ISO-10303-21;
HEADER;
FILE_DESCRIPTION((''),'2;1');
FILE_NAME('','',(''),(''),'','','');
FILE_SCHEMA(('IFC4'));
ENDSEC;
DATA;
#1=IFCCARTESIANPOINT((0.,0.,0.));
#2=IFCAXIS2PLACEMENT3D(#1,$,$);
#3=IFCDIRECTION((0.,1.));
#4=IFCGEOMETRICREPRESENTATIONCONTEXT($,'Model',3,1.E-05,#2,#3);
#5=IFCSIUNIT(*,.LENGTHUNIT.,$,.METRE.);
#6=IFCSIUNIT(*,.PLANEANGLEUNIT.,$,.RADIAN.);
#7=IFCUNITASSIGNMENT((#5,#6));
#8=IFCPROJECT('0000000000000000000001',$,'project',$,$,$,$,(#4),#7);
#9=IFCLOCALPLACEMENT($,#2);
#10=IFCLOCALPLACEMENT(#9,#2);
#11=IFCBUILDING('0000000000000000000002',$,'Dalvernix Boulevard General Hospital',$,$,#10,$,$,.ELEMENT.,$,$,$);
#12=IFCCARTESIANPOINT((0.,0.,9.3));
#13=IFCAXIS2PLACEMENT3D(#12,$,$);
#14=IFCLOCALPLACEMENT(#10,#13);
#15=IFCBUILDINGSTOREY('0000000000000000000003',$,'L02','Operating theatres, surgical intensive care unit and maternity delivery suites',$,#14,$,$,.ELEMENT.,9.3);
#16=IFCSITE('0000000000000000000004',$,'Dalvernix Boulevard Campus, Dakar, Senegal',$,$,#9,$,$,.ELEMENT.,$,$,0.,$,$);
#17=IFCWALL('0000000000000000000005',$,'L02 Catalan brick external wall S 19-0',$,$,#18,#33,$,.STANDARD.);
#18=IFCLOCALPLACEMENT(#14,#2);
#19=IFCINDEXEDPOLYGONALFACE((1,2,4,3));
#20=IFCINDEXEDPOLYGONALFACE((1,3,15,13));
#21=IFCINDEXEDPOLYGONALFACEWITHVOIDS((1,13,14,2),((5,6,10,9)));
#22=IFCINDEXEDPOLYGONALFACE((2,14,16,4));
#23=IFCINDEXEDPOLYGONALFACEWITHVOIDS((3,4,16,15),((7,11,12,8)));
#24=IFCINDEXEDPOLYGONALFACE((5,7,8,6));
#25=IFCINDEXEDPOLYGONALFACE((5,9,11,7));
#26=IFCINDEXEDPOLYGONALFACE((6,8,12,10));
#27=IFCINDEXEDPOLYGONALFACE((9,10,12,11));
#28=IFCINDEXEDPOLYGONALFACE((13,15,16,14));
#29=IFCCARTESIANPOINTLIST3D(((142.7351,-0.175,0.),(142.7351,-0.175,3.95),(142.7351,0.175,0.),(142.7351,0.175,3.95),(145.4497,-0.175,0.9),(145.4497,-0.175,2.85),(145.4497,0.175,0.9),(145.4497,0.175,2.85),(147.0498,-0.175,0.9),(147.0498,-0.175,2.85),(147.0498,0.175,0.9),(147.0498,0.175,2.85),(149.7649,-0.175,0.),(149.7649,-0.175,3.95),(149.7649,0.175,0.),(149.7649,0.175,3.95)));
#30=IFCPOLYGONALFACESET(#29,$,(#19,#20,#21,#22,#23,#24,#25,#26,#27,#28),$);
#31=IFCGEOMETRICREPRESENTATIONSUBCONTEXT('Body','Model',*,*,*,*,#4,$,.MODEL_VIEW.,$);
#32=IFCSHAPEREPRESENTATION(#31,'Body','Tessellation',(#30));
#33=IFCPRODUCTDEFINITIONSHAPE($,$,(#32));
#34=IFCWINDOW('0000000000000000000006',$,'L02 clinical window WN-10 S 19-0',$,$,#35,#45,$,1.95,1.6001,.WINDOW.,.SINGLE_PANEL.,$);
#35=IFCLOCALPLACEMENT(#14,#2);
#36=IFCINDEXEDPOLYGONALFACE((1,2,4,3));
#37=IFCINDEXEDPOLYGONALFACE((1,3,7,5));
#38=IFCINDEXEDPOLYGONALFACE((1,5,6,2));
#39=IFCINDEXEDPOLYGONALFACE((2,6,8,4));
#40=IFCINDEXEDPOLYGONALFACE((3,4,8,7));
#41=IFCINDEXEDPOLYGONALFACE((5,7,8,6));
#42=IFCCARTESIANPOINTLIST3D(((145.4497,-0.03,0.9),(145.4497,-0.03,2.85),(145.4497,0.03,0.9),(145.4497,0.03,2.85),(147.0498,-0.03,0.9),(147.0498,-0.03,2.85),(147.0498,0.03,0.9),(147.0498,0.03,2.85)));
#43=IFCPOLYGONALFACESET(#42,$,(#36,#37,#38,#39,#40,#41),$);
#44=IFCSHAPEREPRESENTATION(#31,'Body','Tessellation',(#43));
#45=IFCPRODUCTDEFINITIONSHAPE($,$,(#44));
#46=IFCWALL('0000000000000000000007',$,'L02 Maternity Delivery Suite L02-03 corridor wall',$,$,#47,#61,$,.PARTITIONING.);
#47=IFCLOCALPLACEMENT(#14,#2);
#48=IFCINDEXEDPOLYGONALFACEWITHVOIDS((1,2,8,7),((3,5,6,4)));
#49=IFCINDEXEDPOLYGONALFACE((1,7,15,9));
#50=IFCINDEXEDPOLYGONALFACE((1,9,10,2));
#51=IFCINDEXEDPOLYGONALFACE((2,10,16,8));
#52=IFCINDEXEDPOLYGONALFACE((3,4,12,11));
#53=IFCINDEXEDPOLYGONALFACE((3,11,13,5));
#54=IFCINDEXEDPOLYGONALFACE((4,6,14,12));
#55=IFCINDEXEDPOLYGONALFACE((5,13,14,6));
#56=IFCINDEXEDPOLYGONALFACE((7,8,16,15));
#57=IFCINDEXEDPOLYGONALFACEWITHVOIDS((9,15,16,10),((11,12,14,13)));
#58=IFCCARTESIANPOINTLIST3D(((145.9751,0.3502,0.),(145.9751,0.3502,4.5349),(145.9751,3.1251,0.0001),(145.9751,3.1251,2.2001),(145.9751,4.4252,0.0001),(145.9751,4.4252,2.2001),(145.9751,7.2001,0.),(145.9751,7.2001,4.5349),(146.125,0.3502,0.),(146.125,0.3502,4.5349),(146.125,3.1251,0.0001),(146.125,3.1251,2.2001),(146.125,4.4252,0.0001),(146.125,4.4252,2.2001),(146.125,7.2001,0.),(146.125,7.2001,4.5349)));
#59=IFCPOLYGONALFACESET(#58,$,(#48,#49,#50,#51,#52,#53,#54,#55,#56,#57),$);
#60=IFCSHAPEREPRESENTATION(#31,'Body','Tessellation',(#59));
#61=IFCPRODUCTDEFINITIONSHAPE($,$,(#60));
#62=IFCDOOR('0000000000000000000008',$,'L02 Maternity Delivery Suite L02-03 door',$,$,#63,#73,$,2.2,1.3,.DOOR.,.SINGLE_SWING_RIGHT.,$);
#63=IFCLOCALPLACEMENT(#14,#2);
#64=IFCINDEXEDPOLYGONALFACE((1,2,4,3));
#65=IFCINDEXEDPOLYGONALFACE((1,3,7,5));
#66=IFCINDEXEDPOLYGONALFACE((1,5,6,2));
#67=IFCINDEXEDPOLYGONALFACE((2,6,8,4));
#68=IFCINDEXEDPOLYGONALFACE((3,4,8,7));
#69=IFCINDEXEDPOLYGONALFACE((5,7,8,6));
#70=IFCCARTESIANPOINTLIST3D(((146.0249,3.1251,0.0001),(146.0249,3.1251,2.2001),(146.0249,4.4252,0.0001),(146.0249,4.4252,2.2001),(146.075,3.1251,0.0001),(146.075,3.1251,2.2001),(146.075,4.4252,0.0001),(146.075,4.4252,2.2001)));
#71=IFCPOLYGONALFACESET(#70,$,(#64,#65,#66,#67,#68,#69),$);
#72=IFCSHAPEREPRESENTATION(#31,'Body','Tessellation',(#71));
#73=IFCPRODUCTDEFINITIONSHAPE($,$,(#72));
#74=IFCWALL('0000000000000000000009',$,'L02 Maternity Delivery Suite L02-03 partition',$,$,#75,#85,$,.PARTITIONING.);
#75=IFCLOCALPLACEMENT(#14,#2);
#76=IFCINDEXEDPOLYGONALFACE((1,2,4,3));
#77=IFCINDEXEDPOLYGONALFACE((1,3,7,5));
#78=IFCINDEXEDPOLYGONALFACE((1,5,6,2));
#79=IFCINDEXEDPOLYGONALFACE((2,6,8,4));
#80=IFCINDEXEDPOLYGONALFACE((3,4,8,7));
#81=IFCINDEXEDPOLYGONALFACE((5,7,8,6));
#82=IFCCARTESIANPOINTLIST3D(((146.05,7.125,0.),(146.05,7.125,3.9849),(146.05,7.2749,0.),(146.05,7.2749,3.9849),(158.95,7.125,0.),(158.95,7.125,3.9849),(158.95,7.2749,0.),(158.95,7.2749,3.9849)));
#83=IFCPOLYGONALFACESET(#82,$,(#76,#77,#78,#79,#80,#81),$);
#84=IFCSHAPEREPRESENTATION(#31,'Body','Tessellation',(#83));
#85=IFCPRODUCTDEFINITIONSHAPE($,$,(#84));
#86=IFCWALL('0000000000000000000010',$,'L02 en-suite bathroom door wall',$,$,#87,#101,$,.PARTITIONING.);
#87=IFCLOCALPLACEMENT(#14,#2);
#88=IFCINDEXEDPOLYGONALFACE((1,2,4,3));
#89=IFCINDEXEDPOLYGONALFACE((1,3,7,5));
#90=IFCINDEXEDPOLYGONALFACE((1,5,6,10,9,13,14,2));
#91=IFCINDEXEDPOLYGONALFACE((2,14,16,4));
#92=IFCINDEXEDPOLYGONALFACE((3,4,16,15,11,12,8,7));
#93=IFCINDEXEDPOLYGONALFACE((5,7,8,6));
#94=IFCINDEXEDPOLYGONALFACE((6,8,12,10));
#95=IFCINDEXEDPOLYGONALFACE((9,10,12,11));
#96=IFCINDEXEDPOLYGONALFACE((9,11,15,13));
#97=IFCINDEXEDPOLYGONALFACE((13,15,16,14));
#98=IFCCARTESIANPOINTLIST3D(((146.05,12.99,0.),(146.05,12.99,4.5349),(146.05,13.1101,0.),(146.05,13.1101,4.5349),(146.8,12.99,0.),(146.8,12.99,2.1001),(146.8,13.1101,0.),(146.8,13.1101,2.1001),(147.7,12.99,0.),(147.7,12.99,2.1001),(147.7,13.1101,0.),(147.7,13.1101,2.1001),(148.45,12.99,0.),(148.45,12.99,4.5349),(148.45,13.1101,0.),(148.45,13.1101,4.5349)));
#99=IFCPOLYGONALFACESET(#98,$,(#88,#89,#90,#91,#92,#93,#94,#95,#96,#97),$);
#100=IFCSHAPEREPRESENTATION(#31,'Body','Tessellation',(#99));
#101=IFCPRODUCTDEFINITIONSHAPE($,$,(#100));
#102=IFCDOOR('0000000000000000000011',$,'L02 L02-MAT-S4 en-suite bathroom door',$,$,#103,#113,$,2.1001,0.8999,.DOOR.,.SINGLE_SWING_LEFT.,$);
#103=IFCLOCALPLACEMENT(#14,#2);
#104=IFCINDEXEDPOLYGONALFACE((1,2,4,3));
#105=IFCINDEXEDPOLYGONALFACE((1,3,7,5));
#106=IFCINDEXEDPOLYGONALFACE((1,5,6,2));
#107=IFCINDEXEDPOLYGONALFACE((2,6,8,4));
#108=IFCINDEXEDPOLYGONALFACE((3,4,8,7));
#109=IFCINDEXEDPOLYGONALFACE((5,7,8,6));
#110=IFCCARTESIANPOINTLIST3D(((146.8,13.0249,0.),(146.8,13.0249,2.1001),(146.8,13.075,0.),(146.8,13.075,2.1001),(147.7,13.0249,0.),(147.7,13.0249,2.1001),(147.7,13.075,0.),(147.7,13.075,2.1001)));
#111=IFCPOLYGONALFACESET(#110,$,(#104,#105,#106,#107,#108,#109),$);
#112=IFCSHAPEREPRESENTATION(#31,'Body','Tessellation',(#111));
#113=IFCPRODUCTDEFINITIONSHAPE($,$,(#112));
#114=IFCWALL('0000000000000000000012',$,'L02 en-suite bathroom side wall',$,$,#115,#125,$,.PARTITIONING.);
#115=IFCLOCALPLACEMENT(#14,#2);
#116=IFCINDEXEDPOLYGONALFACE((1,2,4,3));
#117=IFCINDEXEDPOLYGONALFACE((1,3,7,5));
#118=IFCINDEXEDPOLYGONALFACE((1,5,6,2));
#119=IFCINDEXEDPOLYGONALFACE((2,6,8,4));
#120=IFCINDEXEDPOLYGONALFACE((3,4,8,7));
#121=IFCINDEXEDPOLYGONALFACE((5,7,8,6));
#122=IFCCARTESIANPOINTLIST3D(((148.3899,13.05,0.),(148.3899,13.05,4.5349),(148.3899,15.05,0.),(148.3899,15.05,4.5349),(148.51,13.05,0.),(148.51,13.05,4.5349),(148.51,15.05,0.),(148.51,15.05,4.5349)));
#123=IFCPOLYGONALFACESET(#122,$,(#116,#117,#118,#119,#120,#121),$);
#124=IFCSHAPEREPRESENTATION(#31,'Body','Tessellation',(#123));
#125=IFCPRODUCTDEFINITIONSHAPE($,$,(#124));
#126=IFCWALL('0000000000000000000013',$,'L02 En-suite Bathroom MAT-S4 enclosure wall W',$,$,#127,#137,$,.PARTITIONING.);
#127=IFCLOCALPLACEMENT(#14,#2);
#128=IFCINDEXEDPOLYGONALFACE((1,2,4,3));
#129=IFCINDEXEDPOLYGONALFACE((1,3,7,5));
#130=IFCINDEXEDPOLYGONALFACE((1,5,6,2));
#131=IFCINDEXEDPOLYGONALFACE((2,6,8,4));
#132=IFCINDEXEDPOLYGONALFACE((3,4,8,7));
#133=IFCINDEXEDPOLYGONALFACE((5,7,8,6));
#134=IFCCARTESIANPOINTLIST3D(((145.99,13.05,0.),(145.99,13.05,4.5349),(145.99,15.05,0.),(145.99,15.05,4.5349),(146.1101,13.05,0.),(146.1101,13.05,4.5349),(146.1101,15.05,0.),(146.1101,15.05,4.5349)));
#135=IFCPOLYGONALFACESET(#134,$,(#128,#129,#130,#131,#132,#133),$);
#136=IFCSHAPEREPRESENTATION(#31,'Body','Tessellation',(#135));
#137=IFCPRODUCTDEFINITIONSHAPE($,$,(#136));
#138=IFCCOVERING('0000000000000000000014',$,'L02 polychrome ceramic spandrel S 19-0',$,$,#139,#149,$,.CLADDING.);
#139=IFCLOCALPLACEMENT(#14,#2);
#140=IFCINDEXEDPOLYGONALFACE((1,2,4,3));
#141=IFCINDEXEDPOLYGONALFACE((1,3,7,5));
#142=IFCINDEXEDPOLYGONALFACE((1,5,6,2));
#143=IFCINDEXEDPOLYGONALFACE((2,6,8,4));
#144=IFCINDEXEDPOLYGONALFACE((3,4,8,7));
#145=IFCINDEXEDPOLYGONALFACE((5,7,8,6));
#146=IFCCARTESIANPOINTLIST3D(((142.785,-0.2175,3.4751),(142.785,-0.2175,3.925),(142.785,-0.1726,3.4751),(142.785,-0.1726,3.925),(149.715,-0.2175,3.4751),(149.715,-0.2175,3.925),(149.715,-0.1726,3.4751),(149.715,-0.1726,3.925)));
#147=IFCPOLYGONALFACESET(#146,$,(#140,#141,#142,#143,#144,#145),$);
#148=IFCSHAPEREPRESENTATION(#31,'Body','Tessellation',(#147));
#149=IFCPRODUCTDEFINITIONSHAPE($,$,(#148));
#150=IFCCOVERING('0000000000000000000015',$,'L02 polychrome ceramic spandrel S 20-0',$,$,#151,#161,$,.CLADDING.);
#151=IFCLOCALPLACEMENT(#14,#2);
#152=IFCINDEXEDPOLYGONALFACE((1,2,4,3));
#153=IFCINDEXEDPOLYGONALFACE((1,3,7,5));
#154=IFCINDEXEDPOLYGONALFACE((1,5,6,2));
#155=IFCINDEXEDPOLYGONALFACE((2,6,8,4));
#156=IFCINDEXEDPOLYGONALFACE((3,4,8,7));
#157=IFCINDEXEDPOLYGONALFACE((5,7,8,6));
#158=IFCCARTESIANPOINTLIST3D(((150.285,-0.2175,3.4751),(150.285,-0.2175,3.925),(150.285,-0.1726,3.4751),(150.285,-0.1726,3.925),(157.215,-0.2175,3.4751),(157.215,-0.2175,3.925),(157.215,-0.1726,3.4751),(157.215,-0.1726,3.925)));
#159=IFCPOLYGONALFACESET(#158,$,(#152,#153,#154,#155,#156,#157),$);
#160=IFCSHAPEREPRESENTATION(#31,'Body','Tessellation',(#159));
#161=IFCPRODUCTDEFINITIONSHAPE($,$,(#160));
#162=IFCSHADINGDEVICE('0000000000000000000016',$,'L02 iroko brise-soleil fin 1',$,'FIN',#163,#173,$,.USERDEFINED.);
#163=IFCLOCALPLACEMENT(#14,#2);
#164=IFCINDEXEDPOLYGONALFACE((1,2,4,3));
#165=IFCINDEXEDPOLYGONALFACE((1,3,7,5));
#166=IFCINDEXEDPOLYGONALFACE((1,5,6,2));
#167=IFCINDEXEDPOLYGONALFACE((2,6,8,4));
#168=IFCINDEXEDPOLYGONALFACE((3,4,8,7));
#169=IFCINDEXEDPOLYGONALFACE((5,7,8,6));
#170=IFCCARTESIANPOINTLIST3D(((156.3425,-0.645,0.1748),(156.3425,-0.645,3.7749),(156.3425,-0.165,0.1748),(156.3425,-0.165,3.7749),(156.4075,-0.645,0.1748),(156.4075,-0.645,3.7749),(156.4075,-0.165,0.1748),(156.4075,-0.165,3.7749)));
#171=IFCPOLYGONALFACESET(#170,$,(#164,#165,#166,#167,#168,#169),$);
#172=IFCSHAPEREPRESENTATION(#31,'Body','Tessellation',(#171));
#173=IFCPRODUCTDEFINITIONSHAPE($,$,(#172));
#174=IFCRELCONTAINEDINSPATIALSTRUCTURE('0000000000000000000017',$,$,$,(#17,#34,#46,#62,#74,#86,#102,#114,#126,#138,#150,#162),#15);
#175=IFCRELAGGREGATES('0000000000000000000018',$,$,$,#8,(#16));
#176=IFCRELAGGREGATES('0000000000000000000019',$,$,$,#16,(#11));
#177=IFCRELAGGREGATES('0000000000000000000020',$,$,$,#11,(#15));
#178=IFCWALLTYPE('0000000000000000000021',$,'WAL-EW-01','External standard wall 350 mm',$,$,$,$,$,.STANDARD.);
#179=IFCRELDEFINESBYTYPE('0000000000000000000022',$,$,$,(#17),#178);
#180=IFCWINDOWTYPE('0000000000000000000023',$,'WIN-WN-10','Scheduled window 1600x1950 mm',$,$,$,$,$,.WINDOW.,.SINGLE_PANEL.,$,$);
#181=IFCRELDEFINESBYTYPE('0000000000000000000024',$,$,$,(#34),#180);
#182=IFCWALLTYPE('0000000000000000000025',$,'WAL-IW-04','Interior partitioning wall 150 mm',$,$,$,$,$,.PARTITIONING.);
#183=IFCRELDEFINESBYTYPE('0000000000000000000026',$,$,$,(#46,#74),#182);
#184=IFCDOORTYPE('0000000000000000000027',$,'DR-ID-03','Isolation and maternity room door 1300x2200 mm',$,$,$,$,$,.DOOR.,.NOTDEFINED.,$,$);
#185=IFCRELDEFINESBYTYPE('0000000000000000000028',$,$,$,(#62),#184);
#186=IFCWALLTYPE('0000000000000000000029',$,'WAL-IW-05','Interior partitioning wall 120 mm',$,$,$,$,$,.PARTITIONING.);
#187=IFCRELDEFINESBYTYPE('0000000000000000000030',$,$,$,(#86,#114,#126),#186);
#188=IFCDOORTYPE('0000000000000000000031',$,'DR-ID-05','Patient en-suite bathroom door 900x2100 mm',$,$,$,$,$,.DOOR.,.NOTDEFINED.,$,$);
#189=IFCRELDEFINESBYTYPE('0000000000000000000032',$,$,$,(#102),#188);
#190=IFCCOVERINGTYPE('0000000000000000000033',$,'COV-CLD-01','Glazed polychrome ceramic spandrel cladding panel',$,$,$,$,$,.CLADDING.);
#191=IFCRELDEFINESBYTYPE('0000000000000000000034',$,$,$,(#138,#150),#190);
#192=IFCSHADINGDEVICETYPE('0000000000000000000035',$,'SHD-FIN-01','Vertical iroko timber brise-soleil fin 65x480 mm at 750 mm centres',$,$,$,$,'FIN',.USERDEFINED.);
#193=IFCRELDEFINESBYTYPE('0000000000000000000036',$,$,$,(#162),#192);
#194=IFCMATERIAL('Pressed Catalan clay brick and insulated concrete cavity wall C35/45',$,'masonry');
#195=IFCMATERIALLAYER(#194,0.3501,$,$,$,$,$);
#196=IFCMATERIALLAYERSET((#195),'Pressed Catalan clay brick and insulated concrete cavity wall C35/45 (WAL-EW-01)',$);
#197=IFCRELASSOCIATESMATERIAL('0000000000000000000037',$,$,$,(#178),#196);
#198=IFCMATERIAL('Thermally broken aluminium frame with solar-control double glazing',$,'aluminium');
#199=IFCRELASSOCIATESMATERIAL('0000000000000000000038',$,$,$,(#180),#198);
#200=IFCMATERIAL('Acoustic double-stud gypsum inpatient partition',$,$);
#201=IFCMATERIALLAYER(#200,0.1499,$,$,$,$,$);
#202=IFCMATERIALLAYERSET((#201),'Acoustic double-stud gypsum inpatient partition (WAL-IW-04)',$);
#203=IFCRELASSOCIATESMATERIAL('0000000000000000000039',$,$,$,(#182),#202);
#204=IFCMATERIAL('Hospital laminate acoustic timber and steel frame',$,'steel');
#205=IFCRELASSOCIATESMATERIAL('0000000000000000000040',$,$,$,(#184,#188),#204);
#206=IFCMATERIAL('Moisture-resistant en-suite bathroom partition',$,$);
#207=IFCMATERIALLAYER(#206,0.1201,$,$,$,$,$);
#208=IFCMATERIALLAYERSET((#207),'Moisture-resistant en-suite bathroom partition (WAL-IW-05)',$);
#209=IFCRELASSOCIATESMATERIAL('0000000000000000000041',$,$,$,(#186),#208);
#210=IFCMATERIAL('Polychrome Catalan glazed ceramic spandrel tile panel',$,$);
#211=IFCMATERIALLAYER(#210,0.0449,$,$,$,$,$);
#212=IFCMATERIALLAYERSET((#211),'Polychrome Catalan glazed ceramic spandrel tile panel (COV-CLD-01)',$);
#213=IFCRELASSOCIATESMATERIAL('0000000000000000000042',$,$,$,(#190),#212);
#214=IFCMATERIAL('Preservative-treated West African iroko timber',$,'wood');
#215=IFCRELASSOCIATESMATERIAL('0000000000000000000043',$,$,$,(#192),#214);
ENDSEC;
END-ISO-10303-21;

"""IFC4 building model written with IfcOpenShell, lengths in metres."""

from ifc_helpers import new_model, si_unit, direction, frame, frame_2d, origin, origin_2d, place, context, subcontext, project, spatial, rectangle, extrude, material, layer, layer_set, type_object, element, fill, save


model = new_model("IFC4")

# Units and contexts
model_context = context("Model", 3, precision=1e-05, world=origin(), true_north=direction((0.0, 1.0)))
body_context = subcontext(model_context, "Body", "Model", "MODEL_VIEW")
ifc_project = project(units=[si_unit("LENGTHUNIT", "METRE"), si_unit("PLANEANGLEUNIT", "RADIAN")], contexts=[model_context])

# Site, building, storey
site_placement = place(None, origin())
site = spatial("IfcSite", under=ifc_project, at=site_placement, Name="Dalvernix Boulevard Campus, Dakar, Senegal", CompositionType="ELEMENT", RefElevation=0.0)
building_placement = place(site_placement, origin())
building = spatial("IfcBuilding", under=site, at=building_placement, Name="Dalvernix Boulevard General Hospital", CompositionType="ELEMENT")
storey_placement = place(building_placement, frame((0.0, 0.0, 9.3)))
storey = spatial("IfcBuildingStorey", under=building, at=storey_placement, Name="L02", Description="Operating theatres, surgical intensive care unit and maternity delivery suites", CompositionType="ELEMENT", Elevation=9.3)

# Wall, opening, window
ifc_material_1 = material(Name="Pressed Catalan clay brick and insulated concrete cavity wall C35/45", Category="masonry")
ifc_layer_1 = layer(ifc_material_1, 0.3501)
ifc_layer_set_1 = layer_set([ifc_layer_1], Name="Pressed Catalan clay brick and insulated concrete cavity wall C35/45 (WAL-EW-01)")
wall_type_1 = type_object("IfcWallType", Name="WAL-EW-01", Description="External standard wall 350 mm", PredefinedType="STANDARD", material=ifc_layer_set_1)
wall_1_placement = place(storey_placement, frame((149.7649, 0.0, 0.0), z_axis=(0.0, 0.0, 1.0), x_axis=(-1.0, 0.0, 0.0)))
wall_1 = element("IfcWall", 1, at=wall_1_placement, inside=storey, type_object=wall_type_1, Name="L02 Catalan brick external wall S 19-0", PredefinedType="STANDARD", context=body_context, shape_type="SweptSolid", body=[
    extrude(rectangle(XDim=7.0298, YDim=0.3501, at=frame_2d((3.5149, 0.0))), origin(), (0.0, 0.0, 1.0), 3.95),
])
opening_1_placement = place(wall_1_placement, frame((2.7151, 0.0, 0.8999)))
opening_1 = element("IfcOpeningElement", 2, at=opening_1_placement, cuts=wall_1, PredefinedType="OPENING", context=body_context, shape_type="SweptSolid", body=[
    extrude(rectangle(XDim=1.6001, YDim=1.95, at=frame_2d((0.8, 0.9751))), frame((0.0, 0.1851, 0.0), z_axis=(0.0, -1.0, 0.0), x_axis=(1.0, 0.0, 0.0)), (0.0, 0.0, 1.0), 0.3701),
])
ifc_material_2 = material(Name="Thermally broken aluminium frame with solar-control double glazing", Category="aluminium")
window_type = type_object("IfcWindowType", Name="WIN-WN-10", Description="Scheduled window 1600x1950 mm", PartitioningType="SINGLE_PANEL", PredefinedType="WINDOW", material=ifc_material_2)
window_placement = place(opening_1_placement, origin())
window = element("IfcWindow", 3, at=window_placement, inside=storey, type_object=window_type, Name="L02 clinical window WN-10 S 19-0", OverallHeight=1.95, OverallWidth=1.6001, PartitioningType="SINGLE_PANEL", PredefinedType="WINDOW", context=body_context, shape_type="SweptSolid", body=[
    extrude(rectangle(XDim=1.6001, YDim=1.95, at=frame_2d((0.8, 0.9751))), frame((0.0, 0.03, 0.0), z_axis=(0.0, -1.0, 0.0), x_axis=(1.0, 0.0, 0.0)), (0.0, 0.0, 1.0), 0.0601),
])
fill(opening_1, window)

# Wall, opening, door
ifc_material_3 = material(Name="Acoustic double-stud gypsum inpatient partition")
ifc_layer_2 = layer(ifc_material_3, 0.1499)
ifc_layer_set_2 = layer_set([ifc_layer_2], Name="Acoustic double-stud gypsum inpatient partition (WAL-IW-04)")
wall_type_2 = type_object("IfcWallType", Name="WAL-IW-04", Description="Interior partitioning wall 150 mm", PredefinedType="PARTITIONING", material=ifc_layer_set_2)
wall_2_placement = place(storey_placement, frame((146.05, 7.2, 0.0), z_axis=(0.0, 0.0, 1.0), x_axis=(0.0, -1.0, 0.0)))
wall_2 = element("IfcWall", 4, at=wall_2_placement, inside=storey, type_object=wall_type_2, Name="L02 Maternity Delivery Suite L02-03 corridor wall", PredefinedType="PARTITIONING", context=body_context, shape_type="SweptSolid", body=[
    extrude(rectangle(XDim=6.8499, YDim=0.1499, at=frame_2d((3.4248, 0.0))), origin(), (0.0, 0.0, 1.0), 4.5349),
])
opening_2_placement = place(wall_2_placement, frame((2.7749, 0.0, 0.0)))
opening_2 = element("IfcOpeningElement", 5, at=opening_2_placement, cuts=wall_2, PredefinedType="OPENING", context=body_context, shape_type="SweptSolid", body=[
    extrude(rectangle(XDim=1.3, YDim=2.2, at=frame_2d((0.6499, 1.1001))), frame((0.0, 0.085, 0.0), z_axis=(0.0, -1.0, 0.0), x_axis=(1.0, 0.0, 0.0)), (0.0, 0.0, 1.0), 0.1699),
])
ifc_material_4 = material(Name="Hospital laminate acoustic timber and steel frame", Category="steel")
door_type_1 = type_object("IfcDoorType", Name="DR-ID-03", Description="Isolation and maternity room door 1300x2200 mm", OperationType="NOTDEFINED", PredefinedType="DOOR", material=ifc_material_4)
door_1_placement = place(opening_2_placement, origin())
door_1 = element("IfcDoor", 6, at=door_1_placement, inside=storey, type_object=door_type_1, Name="L02 Maternity Delivery Suite L02-03 door", OperationType="SINGLE_SWING_RIGHT", OverallHeight=2.2, OverallWidth=1.3, PredefinedType="DOOR", context=body_context, shape_type="SweptSolid", body=[
    extrude(rectangle(XDim=1.3, YDim=2.2, at=frame_2d((0.6499, 1.1001))), frame((0.0, 0.0249, 0.0), z_axis=(0.0, -1.0, 0.0), x_axis=(1.0, 0.0, 0.0)), (0.0, 0.0, 1.0), 0.05),
])
fill(opening_2, door_1)

# Wall
wall_3_placement = place(storey_placement, frame((146.05, 7.2, 0.0), z_axis=(0.0, 0.0, 1.0), x_axis=(1.0, 0.0, 0.0)))
element("IfcWall", 7, at=wall_3_placement, inside=storey, type_object=wall_type_2, Name="L02 Maternity Delivery Suite L02-03 partition", PredefinedType="PARTITIONING", context=body_context, shape_type="SweptSolid", body=[
    extrude(rectangle(XDim=12.8999, YDim=0.1499, at=frame_2d((6.45, 0.0))), origin(), (0.0, 0.0, 1.0), 3.9849),
])

# Wall, opening, door
ifc_material_5 = material(Name="Moisture-resistant en-suite bathroom partition")
ifc_layer_3 = layer(ifc_material_5, 0.1201)
ifc_layer_set_3 = layer_set([ifc_layer_3], Name="Moisture-resistant en-suite bathroom partition (WAL-IW-05)")
wall_type_3 = type_object("IfcWallType", Name="WAL-IW-05", Description="Interior partitioning wall 120 mm", PredefinedType="PARTITIONING", material=ifc_layer_set_3)
wall_4_placement = place(storey_placement, frame((146.05, 13.05, 0.0), z_axis=(0.0, 0.0, 1.0), x_axis=(1.0, 0.0, 0.0)))
wall_4 = element("IfcWall", 8, at=wall_4_placement, inside=storey, type_object=wall_type_3, Name="L02 en-suite bathroom door wall", PredefinedType="PARTITIONING", context=body_context, shape_type="SweptSolid", body=[
    extrude(rectangle(XDim=2.3999, YDim=0.1201, at=frame_2d((1.2, 0.0))), origin(), (0.0, 0.0, 1.0), 4.5349),
])
opening_3_placement = place(wall_4_placement, frame((0.75, 0.0, 0.0)))
opening_3 = element("IfcOpeningElement", 9, at=opening_3_placement, cuts=wall_4, PredefinedType="OPENING", context=body_context, shape_type="SweptSolid", body=[
    extrude(rectangle(XDim=0.8999, YDim=2.1001, at=frame_2d((0.45, 1.05))), frame((0.0, 0.0701, 0.0), z_axis=(0.0, -1.0, 0.0), x_axis=(1.0, 0.0, 0.0)), (0.0, 0.0, 1.0), 0.1401),
])
door_type_2 = type_object("IfcDoorType", Name="DR-ID-05", Description="Patient en-suite bathroom door 900x2100 mm", OperationType="NOTDEFINED", PredefinedType="DOOR", material=ifc_material_4)
door_2_placement = place(opening_3_placement, origin())
door_2 = element("IfcDoor", 10, at=door_2_placement, inside=storey, type_object=door_type_2, Name="L02 L02-MAT-S4 en-suite bathroom door", OperationType="SINGLE_SWING_LEFT", OverallHeight=2.1001, OverallWidth=0.8999, PredefinedType="DOOR", context=body_context, shape_type="SweptSolid", body=[
    extrude(rectangle(XDim=0.8999, YDim=2.1001, at=frame_2d((0.45, 1.05))), frame((0.0, 0.0249, 0.0), z_axis=(0.0, -1.0, 0.0), x_axis=(1.0, 0.0, 0.0)), (0.0, 0.0, 1.0), 0.05),
])
fill(opening_3, door_2)

# Walls
for number, where, z_axis, x_axis, name in (
    (11, (148.45, 13.05, 0.0), (0.0, 0.0, 1.0), (0.0, 1.0, 0.0), "L02 en-suite bathroom side wall"),
    (12, (146.05, 13.05, 0.0), (0.0, 0.0, 1.0), (0.0, 1.0, 0.0), "L02 En-suite Bathroom MAT-S4 enclosure wall W"),
):
    element("IfcWall", number, at=place(storey_placement, frame(where, z_axis=z_axis, x_axis=x_axis)), inside=storey, type_object=wall_type_3, Name=name, PredefinedType="PARTITIONING", context=body_context, shape_type="SweptSolid", body=[
        extrude(rectangle(XDim=2.0, YDim=0.1201, at=frame_2d((1.0, 0.0))), origin(), (0.0, 0.0, 1.0), 4.5349),
    ])

# Coverings
ifc_material_6 = material(Name="Polychrome Catalan glazed ceramic spandrel tile panel")
ifc_layer_4 = layer(ifc_material_6, 0.0449)
ifc_layer_set_4 = layer_set([ifc_layer_4], Name="Polychrome Catalan glazed ceramic spandrel tile panel (COV-CLD-01)")
covering_type = type_object("IfcCoveringType", Name="COV-CLD-01", Description="Glazed polychrome ceramic spandrel cladding panel", PredefinedType="CLADDING", material=ifc_layer_set_4)
for number, where, z_axis, x_axis, name in (
    (13, (146.25, -0.1951, 3.4751), (0.0, 0.0, 1.0), (-1.0, 0.0, 0.0), "L02 polychrome ceramic spandrel S 19-0"),
    (14, (153.75, -0.1951, 3.4751), (0.0, 0.0, 1.0), (-1.0, 0.0, 0.0), "L02 polychrome ceramic spandrel S 20-0"),
):
    element("IfcCovering", number, at=place(storey_placement, frame(where, z_axis=z_axis, x_axis=x_axis)), inside=storey, type_object=covering_type, Name=name, PredefinedType="CLADDING", context=body_context, shape_type="SweptSolid", body=[
        extrude(rectangle(XDim=6.9299, YDim=0.0449, at=origin_2d()), origin(), (0.0, 0.0, 1.0), 0.45),
    ])

# Shading device
ifc_material_7 = material(Name="Preservative-treated West African iroko timber", Category="wood")
shading_device_type = type_object("IfcShadingDeviceType", Name="SHD-FIN-01", Description="Vertical iroko timber brise-soleil fin 65x480 mm at 750 mm centres", ElementType="FIN", PredefinedType="USERDEFINED", material=ifc_material_7)
for number, where, z_axis, x_axis, name in (
    (15, (156.375, -0.405, 0.1748), (0.0, 0.0, 1.0), (-1.0, 0.0, 0.0), "L02 iroko brise-soleil fin 1"),
):
    element("IfcShadingDevice", number, at=place(storey_placement, frame(where, z_axis=z_axis, x_axis=x_axis)), inside=storey, type_object=shading_device_type, Name=name, ObjectType="FIN", PredefinedType="USERDEFINED", context=body_context, shape_type="SweptSolid", body=[
        extrude(rectangle(XDim=0.0649, YDim=0.48, at=origin_2d()), origin(), (0.0, 0.0, 1.0), 3.6001),
    ])

save(model, "model.ifc")
